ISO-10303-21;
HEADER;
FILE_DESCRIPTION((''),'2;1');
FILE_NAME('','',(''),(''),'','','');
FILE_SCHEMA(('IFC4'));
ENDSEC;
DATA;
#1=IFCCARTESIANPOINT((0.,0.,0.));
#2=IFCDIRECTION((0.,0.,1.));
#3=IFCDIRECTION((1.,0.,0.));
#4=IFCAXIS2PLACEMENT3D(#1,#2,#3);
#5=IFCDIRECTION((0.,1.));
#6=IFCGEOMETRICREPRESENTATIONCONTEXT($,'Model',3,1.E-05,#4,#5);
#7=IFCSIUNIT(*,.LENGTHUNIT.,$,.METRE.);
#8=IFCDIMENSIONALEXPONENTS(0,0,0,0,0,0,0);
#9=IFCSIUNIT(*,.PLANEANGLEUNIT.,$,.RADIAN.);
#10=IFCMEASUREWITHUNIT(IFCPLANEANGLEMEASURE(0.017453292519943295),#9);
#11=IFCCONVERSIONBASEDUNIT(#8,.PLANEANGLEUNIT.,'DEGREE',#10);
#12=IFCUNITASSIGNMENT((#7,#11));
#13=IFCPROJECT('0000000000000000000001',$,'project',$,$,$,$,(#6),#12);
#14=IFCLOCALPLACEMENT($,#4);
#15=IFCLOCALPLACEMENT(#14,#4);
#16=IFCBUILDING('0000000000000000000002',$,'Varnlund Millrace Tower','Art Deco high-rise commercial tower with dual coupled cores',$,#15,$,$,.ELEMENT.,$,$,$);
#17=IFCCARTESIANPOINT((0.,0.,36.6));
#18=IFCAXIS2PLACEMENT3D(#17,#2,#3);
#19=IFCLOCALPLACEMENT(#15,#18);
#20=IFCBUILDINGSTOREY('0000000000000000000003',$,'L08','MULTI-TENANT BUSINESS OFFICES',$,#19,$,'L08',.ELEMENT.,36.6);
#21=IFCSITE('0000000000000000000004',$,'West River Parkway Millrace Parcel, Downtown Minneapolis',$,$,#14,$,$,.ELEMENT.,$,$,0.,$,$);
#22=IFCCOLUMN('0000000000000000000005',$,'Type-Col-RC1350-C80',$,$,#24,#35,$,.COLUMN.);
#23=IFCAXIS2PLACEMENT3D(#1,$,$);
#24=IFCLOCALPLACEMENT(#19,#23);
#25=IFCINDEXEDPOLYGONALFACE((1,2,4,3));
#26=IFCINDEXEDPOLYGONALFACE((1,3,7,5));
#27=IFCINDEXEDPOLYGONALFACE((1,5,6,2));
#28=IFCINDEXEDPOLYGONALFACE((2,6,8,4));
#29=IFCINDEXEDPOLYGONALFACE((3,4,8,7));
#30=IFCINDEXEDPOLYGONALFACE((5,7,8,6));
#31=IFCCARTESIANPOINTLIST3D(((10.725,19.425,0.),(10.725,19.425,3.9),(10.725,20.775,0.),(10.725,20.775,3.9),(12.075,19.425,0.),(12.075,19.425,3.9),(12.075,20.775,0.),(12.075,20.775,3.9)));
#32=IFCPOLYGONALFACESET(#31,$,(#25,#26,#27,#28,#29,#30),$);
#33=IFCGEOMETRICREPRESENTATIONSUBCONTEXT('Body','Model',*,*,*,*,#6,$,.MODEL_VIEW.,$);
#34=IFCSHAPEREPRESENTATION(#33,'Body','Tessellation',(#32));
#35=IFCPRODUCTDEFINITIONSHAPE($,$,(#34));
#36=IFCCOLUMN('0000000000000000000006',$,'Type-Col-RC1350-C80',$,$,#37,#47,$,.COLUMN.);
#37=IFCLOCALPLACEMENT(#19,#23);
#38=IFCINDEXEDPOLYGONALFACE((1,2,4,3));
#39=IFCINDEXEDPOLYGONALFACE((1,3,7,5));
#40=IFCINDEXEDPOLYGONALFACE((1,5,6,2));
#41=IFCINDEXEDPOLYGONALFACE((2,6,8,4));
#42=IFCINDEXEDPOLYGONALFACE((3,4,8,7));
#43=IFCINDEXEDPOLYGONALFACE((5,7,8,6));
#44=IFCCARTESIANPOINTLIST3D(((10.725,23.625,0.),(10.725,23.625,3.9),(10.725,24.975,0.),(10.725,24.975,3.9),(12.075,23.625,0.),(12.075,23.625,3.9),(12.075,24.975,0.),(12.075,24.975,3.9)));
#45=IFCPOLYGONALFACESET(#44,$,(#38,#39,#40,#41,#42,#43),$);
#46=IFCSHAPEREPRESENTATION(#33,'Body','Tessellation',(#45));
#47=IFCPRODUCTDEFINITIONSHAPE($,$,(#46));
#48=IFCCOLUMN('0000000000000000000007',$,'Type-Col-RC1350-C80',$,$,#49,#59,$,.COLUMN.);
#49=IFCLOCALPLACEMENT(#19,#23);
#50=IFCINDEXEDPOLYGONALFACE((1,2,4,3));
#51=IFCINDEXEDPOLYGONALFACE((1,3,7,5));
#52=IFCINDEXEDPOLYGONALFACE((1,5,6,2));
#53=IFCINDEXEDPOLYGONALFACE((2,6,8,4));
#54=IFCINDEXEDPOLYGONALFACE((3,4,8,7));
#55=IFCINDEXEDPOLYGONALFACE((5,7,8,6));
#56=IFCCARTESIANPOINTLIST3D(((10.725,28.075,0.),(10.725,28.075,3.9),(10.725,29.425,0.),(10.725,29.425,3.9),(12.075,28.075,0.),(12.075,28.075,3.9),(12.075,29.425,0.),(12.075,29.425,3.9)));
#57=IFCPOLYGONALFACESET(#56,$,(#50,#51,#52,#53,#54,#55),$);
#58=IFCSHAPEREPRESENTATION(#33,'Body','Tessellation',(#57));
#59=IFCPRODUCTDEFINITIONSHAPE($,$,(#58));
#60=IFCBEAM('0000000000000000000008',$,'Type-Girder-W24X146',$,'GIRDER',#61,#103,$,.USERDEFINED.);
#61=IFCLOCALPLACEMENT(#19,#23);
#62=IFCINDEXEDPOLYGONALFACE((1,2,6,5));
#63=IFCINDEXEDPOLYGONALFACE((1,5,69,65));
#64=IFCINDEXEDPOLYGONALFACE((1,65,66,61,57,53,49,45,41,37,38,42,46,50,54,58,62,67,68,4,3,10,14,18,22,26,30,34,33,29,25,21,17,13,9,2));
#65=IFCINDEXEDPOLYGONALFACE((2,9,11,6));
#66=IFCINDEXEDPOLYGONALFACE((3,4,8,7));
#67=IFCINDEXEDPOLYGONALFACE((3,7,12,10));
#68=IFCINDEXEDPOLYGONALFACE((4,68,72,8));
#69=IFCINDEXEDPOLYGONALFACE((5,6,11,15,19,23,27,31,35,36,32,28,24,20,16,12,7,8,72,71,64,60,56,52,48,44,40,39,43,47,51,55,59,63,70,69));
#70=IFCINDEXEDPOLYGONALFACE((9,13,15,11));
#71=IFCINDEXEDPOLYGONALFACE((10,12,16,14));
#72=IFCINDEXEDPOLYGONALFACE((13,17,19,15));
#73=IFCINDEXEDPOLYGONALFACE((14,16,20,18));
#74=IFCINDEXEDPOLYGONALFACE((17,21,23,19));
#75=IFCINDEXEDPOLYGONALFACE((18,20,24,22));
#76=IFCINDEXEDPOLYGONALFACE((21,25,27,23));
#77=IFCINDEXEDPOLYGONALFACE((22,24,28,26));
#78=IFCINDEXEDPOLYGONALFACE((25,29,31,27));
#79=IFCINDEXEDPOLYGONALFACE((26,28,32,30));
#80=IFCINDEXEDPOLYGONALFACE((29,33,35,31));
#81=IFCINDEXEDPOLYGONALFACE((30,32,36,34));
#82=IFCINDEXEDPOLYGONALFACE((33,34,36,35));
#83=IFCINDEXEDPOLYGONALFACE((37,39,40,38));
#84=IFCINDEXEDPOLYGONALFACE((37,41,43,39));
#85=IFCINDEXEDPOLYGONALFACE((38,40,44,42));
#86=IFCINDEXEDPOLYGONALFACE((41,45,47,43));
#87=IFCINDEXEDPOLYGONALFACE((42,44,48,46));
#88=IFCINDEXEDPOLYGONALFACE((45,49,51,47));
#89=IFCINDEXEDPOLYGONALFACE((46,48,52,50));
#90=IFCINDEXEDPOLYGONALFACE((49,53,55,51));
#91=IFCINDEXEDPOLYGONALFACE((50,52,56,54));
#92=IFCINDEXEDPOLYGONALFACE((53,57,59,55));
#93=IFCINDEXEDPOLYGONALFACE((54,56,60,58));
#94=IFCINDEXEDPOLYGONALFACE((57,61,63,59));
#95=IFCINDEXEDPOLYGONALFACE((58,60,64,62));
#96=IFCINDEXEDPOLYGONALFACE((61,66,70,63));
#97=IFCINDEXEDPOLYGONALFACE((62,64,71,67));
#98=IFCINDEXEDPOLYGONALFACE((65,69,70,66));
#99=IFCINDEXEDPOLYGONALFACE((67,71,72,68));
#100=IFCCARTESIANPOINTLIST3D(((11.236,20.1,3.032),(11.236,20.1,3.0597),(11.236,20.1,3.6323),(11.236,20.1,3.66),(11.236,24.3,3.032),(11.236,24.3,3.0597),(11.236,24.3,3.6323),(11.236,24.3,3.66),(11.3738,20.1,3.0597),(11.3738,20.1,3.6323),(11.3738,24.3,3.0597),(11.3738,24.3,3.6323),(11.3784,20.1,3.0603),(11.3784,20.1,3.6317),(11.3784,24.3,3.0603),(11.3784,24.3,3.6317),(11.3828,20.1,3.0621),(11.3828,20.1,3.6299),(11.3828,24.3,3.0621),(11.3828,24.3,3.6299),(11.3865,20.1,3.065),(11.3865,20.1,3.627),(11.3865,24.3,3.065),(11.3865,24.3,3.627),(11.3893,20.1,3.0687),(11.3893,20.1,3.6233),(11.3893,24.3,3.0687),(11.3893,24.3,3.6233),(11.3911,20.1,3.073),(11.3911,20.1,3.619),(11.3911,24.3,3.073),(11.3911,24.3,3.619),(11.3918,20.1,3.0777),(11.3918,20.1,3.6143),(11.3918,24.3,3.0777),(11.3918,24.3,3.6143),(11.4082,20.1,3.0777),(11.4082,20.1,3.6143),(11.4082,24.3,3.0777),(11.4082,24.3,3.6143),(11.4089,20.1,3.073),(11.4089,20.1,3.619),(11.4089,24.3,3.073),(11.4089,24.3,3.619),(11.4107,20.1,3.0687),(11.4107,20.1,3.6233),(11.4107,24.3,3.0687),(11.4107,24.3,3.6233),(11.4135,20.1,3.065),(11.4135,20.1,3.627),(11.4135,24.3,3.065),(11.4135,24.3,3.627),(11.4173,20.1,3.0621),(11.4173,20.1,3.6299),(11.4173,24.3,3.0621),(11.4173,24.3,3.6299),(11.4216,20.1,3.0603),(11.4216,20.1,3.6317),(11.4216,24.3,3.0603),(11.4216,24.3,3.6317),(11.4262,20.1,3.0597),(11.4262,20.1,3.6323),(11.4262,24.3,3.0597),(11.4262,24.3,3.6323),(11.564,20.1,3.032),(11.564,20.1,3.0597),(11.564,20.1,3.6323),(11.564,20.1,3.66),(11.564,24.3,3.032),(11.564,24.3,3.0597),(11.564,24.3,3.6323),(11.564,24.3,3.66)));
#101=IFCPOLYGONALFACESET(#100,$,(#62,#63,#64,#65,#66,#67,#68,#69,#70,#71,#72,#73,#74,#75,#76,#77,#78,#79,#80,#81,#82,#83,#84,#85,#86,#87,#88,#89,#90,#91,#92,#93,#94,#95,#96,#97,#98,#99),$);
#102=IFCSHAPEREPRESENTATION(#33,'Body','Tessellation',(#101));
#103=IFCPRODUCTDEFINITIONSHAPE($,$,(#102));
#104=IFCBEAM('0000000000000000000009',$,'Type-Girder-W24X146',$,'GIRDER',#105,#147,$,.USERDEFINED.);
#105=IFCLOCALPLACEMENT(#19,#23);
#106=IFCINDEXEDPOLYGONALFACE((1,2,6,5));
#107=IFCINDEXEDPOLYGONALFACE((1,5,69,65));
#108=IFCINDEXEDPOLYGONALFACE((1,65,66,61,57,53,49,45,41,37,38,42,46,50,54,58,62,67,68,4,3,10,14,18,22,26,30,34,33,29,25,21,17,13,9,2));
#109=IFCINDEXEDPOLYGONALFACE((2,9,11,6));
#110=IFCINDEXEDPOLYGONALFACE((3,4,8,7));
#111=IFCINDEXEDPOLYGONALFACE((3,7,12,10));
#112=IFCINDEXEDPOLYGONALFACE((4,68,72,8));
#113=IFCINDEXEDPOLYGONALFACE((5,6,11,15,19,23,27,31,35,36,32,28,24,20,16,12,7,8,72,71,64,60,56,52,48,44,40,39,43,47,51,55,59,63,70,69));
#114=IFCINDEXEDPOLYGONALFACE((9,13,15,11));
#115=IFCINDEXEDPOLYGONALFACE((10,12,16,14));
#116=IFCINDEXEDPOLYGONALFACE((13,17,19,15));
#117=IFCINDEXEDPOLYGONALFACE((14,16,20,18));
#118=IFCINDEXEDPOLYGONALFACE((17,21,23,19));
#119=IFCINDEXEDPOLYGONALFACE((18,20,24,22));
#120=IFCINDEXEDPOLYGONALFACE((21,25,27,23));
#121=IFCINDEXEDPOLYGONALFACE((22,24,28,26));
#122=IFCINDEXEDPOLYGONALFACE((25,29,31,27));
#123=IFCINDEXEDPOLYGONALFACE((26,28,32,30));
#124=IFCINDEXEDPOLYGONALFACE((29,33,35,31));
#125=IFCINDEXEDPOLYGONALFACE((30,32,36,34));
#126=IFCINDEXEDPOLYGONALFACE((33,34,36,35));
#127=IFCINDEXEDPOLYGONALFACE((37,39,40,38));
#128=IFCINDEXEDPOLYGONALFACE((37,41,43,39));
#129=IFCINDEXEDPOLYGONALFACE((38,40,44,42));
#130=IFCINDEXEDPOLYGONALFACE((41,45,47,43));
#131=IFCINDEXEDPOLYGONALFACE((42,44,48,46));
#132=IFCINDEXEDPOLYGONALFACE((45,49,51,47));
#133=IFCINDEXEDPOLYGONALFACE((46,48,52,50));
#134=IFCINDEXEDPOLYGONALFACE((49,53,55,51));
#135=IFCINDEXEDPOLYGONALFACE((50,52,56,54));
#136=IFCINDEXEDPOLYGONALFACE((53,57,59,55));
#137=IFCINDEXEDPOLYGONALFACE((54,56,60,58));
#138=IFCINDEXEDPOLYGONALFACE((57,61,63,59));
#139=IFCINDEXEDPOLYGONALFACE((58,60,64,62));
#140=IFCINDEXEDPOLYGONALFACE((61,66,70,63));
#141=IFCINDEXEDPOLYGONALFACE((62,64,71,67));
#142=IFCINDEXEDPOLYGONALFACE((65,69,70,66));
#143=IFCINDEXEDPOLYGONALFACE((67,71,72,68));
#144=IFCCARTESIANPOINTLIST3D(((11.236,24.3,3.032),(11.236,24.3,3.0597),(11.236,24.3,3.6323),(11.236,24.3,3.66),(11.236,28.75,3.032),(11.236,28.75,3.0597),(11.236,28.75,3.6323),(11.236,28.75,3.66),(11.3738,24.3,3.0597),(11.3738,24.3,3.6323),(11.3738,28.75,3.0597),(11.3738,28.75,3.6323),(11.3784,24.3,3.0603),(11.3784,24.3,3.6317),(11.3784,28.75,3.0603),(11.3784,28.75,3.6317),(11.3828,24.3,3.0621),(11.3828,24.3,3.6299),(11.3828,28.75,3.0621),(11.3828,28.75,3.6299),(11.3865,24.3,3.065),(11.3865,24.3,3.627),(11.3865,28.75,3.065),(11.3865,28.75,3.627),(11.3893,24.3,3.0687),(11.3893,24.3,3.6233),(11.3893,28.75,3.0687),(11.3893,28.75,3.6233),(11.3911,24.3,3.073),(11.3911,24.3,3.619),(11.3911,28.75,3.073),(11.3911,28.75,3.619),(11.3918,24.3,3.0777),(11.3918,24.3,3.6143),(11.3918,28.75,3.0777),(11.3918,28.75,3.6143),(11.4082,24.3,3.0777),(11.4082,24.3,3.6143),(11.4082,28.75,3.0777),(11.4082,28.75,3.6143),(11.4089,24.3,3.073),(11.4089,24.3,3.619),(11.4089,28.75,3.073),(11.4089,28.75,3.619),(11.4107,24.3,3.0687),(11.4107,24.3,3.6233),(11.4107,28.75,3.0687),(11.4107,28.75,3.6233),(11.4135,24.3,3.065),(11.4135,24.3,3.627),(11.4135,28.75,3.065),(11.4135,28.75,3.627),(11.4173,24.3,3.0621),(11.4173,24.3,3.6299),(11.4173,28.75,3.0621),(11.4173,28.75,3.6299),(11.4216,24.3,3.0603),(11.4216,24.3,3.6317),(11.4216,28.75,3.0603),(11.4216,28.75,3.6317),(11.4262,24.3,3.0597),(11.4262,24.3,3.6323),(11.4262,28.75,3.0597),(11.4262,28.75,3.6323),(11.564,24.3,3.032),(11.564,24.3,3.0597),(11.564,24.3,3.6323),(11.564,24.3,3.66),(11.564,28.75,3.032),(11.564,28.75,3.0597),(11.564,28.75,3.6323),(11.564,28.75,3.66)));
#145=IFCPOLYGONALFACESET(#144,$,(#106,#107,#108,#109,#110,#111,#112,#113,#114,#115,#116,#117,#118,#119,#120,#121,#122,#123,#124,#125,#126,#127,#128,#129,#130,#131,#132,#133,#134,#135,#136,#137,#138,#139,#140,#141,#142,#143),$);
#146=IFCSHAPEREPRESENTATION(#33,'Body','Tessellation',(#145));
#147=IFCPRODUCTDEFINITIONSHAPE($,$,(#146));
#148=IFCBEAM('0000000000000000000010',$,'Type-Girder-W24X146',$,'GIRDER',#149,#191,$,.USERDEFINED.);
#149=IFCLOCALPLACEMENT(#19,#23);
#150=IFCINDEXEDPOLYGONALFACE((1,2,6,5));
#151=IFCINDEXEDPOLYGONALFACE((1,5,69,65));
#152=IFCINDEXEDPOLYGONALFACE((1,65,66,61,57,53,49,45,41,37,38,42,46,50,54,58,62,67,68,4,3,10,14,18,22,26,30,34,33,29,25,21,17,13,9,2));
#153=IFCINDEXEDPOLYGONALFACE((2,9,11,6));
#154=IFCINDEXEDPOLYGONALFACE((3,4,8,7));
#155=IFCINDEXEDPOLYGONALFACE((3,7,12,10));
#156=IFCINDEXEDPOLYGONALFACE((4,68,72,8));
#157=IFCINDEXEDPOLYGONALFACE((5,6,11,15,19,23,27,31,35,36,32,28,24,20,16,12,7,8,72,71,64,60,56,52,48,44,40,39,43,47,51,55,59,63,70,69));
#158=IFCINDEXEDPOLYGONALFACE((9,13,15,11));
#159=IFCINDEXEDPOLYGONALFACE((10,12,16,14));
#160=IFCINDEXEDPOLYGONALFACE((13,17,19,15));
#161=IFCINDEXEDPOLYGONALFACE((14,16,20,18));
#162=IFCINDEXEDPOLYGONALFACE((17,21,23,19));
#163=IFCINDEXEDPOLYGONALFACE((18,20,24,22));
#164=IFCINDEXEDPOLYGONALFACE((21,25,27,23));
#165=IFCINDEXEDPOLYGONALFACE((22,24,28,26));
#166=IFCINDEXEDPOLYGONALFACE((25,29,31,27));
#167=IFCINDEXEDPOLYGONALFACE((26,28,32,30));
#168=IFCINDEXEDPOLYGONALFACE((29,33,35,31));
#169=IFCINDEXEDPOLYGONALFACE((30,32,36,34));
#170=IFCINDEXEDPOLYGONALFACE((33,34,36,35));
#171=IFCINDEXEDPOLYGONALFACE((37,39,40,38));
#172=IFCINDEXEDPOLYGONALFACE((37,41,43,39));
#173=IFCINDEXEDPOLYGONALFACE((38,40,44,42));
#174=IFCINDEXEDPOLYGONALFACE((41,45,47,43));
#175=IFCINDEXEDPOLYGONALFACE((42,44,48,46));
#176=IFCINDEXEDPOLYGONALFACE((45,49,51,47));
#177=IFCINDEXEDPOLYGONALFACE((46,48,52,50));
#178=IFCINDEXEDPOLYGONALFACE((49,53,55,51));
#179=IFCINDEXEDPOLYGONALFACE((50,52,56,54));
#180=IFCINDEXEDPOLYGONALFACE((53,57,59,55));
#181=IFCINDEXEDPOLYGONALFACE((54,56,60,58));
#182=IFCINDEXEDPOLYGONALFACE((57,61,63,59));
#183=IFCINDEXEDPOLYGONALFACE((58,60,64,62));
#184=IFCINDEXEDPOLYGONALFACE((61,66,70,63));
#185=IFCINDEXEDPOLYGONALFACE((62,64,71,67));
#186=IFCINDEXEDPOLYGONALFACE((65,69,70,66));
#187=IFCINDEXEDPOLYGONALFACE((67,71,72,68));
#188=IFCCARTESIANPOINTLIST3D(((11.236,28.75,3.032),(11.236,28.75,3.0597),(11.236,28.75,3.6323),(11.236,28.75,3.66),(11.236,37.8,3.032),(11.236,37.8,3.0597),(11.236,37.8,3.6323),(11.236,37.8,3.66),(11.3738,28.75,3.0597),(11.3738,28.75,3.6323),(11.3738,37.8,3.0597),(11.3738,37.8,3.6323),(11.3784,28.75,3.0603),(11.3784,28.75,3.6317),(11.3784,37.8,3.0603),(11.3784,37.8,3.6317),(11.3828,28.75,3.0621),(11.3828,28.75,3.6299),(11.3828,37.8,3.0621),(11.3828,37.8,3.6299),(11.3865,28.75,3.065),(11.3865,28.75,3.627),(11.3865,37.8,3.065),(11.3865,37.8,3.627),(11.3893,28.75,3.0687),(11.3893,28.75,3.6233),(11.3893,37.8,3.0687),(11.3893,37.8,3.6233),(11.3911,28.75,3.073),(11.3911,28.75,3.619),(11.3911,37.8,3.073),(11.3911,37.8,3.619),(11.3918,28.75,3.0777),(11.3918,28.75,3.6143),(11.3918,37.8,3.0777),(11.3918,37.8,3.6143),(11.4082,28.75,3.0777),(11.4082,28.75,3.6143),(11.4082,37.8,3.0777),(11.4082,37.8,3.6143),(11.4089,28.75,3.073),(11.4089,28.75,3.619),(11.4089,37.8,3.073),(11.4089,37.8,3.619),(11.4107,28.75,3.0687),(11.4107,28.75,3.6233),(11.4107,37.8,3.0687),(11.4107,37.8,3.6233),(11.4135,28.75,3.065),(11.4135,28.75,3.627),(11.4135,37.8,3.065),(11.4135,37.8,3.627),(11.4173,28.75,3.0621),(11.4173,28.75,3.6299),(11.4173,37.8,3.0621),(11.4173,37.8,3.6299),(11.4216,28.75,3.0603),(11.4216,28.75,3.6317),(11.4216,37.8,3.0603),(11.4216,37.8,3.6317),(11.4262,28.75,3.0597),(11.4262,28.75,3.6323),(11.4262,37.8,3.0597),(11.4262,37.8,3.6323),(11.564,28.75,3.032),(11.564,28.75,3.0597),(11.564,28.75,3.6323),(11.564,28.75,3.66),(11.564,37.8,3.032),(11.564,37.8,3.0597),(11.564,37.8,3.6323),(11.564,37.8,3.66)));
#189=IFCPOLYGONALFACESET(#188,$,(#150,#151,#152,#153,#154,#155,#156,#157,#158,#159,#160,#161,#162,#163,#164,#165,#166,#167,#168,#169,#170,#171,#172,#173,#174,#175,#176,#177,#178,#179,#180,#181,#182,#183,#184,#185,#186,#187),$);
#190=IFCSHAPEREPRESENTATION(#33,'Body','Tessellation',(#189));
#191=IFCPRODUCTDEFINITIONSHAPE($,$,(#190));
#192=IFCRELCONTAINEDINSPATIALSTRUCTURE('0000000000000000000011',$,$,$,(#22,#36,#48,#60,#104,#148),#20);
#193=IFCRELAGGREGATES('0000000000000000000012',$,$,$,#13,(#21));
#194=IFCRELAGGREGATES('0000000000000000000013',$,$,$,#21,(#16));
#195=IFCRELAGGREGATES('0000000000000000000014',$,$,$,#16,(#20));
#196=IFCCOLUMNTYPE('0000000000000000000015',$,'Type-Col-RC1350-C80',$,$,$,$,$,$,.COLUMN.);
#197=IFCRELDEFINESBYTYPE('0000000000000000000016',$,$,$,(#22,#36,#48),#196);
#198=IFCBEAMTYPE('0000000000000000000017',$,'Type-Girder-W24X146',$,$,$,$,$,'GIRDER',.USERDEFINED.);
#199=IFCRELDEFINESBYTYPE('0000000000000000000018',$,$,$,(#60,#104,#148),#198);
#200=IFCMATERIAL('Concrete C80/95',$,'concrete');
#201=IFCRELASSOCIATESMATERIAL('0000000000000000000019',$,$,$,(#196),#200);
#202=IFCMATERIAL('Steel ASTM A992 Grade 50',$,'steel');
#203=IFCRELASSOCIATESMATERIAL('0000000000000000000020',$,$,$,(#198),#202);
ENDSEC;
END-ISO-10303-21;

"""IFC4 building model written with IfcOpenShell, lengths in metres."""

from ifc_helpers import new_model, entity, si_unit, converted_unit, direction, frame, origin_with_axes, origin_2d_with_axis, place, context, subcontext, project, spatial, rectangle, i_section, extrude, material, material_profile, profile_set, type_object, element, save


model = new_model("IFC4")

# Units and contexts
model_context = context("Model", 3, precision=1e-05, world=origin_with_axes(), true_north=direction((0.0, 1.0)))
body_context = subcontext(model_context, "Body", "Model", "MODEL_VIEW")
ifc_project = project(units=[si_unit("LENGTHUNIT", "METRE"), converted_unit("PLANEANGLEUNIT", "DEGREE", entity("IfcPlaneAngleMeasure", 0.017453292519943295), si_unit("PLANEANGLEUNIT", "RADIAN"), dimensions=[0, 0, 0, 0, 0, 0, 0])], contexts=[model_context])

# Site, building, storey
site_placement = place(None, origin_with_axes())
site = spatial("IfcSite", under=ifc_project, at=site_placement, Name="West River Parkway Millrace Parcel, Downtown Minneapolis", CompositionType="ELEMENT", RefElevation=0.0)
building_placement = place(site_placement, origin_with_axes())
building = spatial("IfcBuilding", under=site, at=building_placement, Name="Varnlund Millrace Tower", Description="Art Deco high-rise commercial tower with dual coupled cores", CompositionType="ELEMENT")
storey_placement = place(building_placement, frame((0.0, 0.0, 36.6), z_axis=(0.0, 0.0, 1.0), x_axis=(1.0, 0.0, 0.0)))
storey = spatial("IfcBuildingStorey", under=building, at=storey_placement, Name="L08", Description="MULTI-TENANT BUSINESS OFFICES", LongName="L08", CompositionType="ELEMENT", Elevation=36.6)

# Columns
ifc_material_1 = material(Name="Concrete C80/95", Category="concrete")
ifc_material_profile_1 = material_profile(ifc_material_1, rectangle(XDim=1.35, YDim=1.35, at=origin_2d_with_axis()), Name="Concrete C80/95")
ifc_profile_set_1 = profile_set([ifc_material_profile_1], Name="Concrete C80/95")
column_type = type_object("IfcColumnType", Name="Type-Col-RC1350-C80", PredefinedType="COLUMN", material=ifc_profile_set_1)
for number, where, z_axis, x_axis, name in (
    (1, (11.4, 20.1, 0.0), (0.0, 0.0, 1.0), (1.0, 0.0, 0.0), "Type-Col-RC1350-C80"),
    (2, (11.4, 24.3, 0.0), (0.0, 0.0, 1.0), (1.0, 0.0, 0.0), "Type-Col-RC1350-C80"),
    (3, (11.4, 28.75, 0.0), (0.0, 0.0, 1.0), (1.0, 0.0, 0.0), "Type-Col-RC1350-C80"),
):
    element("IfcColumn", number, at=place(storey_placement, frame(where, z_axis=z_axis, x_axis=x_axis)), inside=storey, type_object=column_type, Name=name, PredefinedType="COLUMN", context=body_context, shape_type="SweptSolid", body=[
        extrude(rectangle(XDim=1.35, YDim=1.35, at=origin_2d_with_axis()), origin_with_axes(), (0.0, 0.0, 1.0), 3.9),
    ])

# Beams
ifc_material_2 = material(Name="Steel ASTM A992 Grade 50", Category="steel")
ifc_material_profile_2 = material_profile(ifc_material_2, i_section(OverallWidth=0.328, OverallDepth=0.628, WebThickness=0.0165, FlangeThickness=0.0277, FilletRadius=0.018, at=origin_2d_with_axis()), Name="Steel ASTM A992 Grade 50")
ifc_profile_set_2 = profile_set([ifc_material_profile_2], Name="Steel ASTM A992 Grade 50")
beam_type_1 = type_object("IfcBeamType", Name="Type-Girder-W24X146", ElementType="GIRDER", PredefinedType="USERDEFINED", material=ifc_profile_set_2)
beam_1_placement = place(storey_placement, frame((11.4, 20.1, 3.346), z_axis=(0.0, 1.0, 0.0), x_axis=(-1.0, 0.0, 0.0)))
element("IfcBeam", 4, at=beam_1_placement, inside=storey, type_object=beam_type_1, Name="Type-Girder-W24X146", ObjectType="GIRDER", PredefinedType="USERDEFINED", context=body_context, shape_type="SweptSolid", body=[
    extrude(i_section(OverallWidth=0.328, OverallDepth=0.628, WebThickness=0.0165, FlangeThickness=0.0277, FilletRadius=0.018, at=origin_2d_with_axis()), origin_with_axes(), (0.0, 0.0, 1.0), 4.2),
])
beam_2_placement = place(storey_placement, frame((11.4, 24.3, 3.346), z_axis=(0.0, 1.0, 0.0), x_axis=(-1.0, 0.0, 0.0)))
element("IfcBeam", 5, at=beam_2_placement, inside=storey, type_object=beam_type_1, Name="Type-Girder-W24X146", ObjectType="GIRDER", PredefinedType="USERDEFINED", context=body_context, shape_type="SweptSolid", body=[
    extrude(i_section(OverallWidth=0.328, OverallDepth=0.628, WebThickness=0.0165, FlangeThickness=0.0277, FilletRadius=0.018, at=origin_2d_with_axis()), origin_with_axes(), (0.0, 0.0, 1.0), 4.45),
])
beam_3_placement = place(storey_placement, frame((11.4, 28.75, 3.346), z_axis=(0.0, 1.0, 0.0), x_axis=(-1.0, 0.0, 0.0)))
element("IfcBeam", 6, at=beam_3_placement, inside=storey, type_object=beam_type_1, Name="Type-Girder-W24X146", ObjectType="GIRDER", PredefinedType="USERDEFINED", context=body_context, shape_type="SweptSolid", body=[
    extrude(i_section(OverallWidth=0.328, OverallDepth=0.628, WebThickness=0.0165, FlangeThickness=0.0277, FilletRadius=0.018, at=origin_2d_with_axis()), origin_with_axes(), (0.0, 0.0, 1.0), 9.05),
])

save(model, "model.ifc")
